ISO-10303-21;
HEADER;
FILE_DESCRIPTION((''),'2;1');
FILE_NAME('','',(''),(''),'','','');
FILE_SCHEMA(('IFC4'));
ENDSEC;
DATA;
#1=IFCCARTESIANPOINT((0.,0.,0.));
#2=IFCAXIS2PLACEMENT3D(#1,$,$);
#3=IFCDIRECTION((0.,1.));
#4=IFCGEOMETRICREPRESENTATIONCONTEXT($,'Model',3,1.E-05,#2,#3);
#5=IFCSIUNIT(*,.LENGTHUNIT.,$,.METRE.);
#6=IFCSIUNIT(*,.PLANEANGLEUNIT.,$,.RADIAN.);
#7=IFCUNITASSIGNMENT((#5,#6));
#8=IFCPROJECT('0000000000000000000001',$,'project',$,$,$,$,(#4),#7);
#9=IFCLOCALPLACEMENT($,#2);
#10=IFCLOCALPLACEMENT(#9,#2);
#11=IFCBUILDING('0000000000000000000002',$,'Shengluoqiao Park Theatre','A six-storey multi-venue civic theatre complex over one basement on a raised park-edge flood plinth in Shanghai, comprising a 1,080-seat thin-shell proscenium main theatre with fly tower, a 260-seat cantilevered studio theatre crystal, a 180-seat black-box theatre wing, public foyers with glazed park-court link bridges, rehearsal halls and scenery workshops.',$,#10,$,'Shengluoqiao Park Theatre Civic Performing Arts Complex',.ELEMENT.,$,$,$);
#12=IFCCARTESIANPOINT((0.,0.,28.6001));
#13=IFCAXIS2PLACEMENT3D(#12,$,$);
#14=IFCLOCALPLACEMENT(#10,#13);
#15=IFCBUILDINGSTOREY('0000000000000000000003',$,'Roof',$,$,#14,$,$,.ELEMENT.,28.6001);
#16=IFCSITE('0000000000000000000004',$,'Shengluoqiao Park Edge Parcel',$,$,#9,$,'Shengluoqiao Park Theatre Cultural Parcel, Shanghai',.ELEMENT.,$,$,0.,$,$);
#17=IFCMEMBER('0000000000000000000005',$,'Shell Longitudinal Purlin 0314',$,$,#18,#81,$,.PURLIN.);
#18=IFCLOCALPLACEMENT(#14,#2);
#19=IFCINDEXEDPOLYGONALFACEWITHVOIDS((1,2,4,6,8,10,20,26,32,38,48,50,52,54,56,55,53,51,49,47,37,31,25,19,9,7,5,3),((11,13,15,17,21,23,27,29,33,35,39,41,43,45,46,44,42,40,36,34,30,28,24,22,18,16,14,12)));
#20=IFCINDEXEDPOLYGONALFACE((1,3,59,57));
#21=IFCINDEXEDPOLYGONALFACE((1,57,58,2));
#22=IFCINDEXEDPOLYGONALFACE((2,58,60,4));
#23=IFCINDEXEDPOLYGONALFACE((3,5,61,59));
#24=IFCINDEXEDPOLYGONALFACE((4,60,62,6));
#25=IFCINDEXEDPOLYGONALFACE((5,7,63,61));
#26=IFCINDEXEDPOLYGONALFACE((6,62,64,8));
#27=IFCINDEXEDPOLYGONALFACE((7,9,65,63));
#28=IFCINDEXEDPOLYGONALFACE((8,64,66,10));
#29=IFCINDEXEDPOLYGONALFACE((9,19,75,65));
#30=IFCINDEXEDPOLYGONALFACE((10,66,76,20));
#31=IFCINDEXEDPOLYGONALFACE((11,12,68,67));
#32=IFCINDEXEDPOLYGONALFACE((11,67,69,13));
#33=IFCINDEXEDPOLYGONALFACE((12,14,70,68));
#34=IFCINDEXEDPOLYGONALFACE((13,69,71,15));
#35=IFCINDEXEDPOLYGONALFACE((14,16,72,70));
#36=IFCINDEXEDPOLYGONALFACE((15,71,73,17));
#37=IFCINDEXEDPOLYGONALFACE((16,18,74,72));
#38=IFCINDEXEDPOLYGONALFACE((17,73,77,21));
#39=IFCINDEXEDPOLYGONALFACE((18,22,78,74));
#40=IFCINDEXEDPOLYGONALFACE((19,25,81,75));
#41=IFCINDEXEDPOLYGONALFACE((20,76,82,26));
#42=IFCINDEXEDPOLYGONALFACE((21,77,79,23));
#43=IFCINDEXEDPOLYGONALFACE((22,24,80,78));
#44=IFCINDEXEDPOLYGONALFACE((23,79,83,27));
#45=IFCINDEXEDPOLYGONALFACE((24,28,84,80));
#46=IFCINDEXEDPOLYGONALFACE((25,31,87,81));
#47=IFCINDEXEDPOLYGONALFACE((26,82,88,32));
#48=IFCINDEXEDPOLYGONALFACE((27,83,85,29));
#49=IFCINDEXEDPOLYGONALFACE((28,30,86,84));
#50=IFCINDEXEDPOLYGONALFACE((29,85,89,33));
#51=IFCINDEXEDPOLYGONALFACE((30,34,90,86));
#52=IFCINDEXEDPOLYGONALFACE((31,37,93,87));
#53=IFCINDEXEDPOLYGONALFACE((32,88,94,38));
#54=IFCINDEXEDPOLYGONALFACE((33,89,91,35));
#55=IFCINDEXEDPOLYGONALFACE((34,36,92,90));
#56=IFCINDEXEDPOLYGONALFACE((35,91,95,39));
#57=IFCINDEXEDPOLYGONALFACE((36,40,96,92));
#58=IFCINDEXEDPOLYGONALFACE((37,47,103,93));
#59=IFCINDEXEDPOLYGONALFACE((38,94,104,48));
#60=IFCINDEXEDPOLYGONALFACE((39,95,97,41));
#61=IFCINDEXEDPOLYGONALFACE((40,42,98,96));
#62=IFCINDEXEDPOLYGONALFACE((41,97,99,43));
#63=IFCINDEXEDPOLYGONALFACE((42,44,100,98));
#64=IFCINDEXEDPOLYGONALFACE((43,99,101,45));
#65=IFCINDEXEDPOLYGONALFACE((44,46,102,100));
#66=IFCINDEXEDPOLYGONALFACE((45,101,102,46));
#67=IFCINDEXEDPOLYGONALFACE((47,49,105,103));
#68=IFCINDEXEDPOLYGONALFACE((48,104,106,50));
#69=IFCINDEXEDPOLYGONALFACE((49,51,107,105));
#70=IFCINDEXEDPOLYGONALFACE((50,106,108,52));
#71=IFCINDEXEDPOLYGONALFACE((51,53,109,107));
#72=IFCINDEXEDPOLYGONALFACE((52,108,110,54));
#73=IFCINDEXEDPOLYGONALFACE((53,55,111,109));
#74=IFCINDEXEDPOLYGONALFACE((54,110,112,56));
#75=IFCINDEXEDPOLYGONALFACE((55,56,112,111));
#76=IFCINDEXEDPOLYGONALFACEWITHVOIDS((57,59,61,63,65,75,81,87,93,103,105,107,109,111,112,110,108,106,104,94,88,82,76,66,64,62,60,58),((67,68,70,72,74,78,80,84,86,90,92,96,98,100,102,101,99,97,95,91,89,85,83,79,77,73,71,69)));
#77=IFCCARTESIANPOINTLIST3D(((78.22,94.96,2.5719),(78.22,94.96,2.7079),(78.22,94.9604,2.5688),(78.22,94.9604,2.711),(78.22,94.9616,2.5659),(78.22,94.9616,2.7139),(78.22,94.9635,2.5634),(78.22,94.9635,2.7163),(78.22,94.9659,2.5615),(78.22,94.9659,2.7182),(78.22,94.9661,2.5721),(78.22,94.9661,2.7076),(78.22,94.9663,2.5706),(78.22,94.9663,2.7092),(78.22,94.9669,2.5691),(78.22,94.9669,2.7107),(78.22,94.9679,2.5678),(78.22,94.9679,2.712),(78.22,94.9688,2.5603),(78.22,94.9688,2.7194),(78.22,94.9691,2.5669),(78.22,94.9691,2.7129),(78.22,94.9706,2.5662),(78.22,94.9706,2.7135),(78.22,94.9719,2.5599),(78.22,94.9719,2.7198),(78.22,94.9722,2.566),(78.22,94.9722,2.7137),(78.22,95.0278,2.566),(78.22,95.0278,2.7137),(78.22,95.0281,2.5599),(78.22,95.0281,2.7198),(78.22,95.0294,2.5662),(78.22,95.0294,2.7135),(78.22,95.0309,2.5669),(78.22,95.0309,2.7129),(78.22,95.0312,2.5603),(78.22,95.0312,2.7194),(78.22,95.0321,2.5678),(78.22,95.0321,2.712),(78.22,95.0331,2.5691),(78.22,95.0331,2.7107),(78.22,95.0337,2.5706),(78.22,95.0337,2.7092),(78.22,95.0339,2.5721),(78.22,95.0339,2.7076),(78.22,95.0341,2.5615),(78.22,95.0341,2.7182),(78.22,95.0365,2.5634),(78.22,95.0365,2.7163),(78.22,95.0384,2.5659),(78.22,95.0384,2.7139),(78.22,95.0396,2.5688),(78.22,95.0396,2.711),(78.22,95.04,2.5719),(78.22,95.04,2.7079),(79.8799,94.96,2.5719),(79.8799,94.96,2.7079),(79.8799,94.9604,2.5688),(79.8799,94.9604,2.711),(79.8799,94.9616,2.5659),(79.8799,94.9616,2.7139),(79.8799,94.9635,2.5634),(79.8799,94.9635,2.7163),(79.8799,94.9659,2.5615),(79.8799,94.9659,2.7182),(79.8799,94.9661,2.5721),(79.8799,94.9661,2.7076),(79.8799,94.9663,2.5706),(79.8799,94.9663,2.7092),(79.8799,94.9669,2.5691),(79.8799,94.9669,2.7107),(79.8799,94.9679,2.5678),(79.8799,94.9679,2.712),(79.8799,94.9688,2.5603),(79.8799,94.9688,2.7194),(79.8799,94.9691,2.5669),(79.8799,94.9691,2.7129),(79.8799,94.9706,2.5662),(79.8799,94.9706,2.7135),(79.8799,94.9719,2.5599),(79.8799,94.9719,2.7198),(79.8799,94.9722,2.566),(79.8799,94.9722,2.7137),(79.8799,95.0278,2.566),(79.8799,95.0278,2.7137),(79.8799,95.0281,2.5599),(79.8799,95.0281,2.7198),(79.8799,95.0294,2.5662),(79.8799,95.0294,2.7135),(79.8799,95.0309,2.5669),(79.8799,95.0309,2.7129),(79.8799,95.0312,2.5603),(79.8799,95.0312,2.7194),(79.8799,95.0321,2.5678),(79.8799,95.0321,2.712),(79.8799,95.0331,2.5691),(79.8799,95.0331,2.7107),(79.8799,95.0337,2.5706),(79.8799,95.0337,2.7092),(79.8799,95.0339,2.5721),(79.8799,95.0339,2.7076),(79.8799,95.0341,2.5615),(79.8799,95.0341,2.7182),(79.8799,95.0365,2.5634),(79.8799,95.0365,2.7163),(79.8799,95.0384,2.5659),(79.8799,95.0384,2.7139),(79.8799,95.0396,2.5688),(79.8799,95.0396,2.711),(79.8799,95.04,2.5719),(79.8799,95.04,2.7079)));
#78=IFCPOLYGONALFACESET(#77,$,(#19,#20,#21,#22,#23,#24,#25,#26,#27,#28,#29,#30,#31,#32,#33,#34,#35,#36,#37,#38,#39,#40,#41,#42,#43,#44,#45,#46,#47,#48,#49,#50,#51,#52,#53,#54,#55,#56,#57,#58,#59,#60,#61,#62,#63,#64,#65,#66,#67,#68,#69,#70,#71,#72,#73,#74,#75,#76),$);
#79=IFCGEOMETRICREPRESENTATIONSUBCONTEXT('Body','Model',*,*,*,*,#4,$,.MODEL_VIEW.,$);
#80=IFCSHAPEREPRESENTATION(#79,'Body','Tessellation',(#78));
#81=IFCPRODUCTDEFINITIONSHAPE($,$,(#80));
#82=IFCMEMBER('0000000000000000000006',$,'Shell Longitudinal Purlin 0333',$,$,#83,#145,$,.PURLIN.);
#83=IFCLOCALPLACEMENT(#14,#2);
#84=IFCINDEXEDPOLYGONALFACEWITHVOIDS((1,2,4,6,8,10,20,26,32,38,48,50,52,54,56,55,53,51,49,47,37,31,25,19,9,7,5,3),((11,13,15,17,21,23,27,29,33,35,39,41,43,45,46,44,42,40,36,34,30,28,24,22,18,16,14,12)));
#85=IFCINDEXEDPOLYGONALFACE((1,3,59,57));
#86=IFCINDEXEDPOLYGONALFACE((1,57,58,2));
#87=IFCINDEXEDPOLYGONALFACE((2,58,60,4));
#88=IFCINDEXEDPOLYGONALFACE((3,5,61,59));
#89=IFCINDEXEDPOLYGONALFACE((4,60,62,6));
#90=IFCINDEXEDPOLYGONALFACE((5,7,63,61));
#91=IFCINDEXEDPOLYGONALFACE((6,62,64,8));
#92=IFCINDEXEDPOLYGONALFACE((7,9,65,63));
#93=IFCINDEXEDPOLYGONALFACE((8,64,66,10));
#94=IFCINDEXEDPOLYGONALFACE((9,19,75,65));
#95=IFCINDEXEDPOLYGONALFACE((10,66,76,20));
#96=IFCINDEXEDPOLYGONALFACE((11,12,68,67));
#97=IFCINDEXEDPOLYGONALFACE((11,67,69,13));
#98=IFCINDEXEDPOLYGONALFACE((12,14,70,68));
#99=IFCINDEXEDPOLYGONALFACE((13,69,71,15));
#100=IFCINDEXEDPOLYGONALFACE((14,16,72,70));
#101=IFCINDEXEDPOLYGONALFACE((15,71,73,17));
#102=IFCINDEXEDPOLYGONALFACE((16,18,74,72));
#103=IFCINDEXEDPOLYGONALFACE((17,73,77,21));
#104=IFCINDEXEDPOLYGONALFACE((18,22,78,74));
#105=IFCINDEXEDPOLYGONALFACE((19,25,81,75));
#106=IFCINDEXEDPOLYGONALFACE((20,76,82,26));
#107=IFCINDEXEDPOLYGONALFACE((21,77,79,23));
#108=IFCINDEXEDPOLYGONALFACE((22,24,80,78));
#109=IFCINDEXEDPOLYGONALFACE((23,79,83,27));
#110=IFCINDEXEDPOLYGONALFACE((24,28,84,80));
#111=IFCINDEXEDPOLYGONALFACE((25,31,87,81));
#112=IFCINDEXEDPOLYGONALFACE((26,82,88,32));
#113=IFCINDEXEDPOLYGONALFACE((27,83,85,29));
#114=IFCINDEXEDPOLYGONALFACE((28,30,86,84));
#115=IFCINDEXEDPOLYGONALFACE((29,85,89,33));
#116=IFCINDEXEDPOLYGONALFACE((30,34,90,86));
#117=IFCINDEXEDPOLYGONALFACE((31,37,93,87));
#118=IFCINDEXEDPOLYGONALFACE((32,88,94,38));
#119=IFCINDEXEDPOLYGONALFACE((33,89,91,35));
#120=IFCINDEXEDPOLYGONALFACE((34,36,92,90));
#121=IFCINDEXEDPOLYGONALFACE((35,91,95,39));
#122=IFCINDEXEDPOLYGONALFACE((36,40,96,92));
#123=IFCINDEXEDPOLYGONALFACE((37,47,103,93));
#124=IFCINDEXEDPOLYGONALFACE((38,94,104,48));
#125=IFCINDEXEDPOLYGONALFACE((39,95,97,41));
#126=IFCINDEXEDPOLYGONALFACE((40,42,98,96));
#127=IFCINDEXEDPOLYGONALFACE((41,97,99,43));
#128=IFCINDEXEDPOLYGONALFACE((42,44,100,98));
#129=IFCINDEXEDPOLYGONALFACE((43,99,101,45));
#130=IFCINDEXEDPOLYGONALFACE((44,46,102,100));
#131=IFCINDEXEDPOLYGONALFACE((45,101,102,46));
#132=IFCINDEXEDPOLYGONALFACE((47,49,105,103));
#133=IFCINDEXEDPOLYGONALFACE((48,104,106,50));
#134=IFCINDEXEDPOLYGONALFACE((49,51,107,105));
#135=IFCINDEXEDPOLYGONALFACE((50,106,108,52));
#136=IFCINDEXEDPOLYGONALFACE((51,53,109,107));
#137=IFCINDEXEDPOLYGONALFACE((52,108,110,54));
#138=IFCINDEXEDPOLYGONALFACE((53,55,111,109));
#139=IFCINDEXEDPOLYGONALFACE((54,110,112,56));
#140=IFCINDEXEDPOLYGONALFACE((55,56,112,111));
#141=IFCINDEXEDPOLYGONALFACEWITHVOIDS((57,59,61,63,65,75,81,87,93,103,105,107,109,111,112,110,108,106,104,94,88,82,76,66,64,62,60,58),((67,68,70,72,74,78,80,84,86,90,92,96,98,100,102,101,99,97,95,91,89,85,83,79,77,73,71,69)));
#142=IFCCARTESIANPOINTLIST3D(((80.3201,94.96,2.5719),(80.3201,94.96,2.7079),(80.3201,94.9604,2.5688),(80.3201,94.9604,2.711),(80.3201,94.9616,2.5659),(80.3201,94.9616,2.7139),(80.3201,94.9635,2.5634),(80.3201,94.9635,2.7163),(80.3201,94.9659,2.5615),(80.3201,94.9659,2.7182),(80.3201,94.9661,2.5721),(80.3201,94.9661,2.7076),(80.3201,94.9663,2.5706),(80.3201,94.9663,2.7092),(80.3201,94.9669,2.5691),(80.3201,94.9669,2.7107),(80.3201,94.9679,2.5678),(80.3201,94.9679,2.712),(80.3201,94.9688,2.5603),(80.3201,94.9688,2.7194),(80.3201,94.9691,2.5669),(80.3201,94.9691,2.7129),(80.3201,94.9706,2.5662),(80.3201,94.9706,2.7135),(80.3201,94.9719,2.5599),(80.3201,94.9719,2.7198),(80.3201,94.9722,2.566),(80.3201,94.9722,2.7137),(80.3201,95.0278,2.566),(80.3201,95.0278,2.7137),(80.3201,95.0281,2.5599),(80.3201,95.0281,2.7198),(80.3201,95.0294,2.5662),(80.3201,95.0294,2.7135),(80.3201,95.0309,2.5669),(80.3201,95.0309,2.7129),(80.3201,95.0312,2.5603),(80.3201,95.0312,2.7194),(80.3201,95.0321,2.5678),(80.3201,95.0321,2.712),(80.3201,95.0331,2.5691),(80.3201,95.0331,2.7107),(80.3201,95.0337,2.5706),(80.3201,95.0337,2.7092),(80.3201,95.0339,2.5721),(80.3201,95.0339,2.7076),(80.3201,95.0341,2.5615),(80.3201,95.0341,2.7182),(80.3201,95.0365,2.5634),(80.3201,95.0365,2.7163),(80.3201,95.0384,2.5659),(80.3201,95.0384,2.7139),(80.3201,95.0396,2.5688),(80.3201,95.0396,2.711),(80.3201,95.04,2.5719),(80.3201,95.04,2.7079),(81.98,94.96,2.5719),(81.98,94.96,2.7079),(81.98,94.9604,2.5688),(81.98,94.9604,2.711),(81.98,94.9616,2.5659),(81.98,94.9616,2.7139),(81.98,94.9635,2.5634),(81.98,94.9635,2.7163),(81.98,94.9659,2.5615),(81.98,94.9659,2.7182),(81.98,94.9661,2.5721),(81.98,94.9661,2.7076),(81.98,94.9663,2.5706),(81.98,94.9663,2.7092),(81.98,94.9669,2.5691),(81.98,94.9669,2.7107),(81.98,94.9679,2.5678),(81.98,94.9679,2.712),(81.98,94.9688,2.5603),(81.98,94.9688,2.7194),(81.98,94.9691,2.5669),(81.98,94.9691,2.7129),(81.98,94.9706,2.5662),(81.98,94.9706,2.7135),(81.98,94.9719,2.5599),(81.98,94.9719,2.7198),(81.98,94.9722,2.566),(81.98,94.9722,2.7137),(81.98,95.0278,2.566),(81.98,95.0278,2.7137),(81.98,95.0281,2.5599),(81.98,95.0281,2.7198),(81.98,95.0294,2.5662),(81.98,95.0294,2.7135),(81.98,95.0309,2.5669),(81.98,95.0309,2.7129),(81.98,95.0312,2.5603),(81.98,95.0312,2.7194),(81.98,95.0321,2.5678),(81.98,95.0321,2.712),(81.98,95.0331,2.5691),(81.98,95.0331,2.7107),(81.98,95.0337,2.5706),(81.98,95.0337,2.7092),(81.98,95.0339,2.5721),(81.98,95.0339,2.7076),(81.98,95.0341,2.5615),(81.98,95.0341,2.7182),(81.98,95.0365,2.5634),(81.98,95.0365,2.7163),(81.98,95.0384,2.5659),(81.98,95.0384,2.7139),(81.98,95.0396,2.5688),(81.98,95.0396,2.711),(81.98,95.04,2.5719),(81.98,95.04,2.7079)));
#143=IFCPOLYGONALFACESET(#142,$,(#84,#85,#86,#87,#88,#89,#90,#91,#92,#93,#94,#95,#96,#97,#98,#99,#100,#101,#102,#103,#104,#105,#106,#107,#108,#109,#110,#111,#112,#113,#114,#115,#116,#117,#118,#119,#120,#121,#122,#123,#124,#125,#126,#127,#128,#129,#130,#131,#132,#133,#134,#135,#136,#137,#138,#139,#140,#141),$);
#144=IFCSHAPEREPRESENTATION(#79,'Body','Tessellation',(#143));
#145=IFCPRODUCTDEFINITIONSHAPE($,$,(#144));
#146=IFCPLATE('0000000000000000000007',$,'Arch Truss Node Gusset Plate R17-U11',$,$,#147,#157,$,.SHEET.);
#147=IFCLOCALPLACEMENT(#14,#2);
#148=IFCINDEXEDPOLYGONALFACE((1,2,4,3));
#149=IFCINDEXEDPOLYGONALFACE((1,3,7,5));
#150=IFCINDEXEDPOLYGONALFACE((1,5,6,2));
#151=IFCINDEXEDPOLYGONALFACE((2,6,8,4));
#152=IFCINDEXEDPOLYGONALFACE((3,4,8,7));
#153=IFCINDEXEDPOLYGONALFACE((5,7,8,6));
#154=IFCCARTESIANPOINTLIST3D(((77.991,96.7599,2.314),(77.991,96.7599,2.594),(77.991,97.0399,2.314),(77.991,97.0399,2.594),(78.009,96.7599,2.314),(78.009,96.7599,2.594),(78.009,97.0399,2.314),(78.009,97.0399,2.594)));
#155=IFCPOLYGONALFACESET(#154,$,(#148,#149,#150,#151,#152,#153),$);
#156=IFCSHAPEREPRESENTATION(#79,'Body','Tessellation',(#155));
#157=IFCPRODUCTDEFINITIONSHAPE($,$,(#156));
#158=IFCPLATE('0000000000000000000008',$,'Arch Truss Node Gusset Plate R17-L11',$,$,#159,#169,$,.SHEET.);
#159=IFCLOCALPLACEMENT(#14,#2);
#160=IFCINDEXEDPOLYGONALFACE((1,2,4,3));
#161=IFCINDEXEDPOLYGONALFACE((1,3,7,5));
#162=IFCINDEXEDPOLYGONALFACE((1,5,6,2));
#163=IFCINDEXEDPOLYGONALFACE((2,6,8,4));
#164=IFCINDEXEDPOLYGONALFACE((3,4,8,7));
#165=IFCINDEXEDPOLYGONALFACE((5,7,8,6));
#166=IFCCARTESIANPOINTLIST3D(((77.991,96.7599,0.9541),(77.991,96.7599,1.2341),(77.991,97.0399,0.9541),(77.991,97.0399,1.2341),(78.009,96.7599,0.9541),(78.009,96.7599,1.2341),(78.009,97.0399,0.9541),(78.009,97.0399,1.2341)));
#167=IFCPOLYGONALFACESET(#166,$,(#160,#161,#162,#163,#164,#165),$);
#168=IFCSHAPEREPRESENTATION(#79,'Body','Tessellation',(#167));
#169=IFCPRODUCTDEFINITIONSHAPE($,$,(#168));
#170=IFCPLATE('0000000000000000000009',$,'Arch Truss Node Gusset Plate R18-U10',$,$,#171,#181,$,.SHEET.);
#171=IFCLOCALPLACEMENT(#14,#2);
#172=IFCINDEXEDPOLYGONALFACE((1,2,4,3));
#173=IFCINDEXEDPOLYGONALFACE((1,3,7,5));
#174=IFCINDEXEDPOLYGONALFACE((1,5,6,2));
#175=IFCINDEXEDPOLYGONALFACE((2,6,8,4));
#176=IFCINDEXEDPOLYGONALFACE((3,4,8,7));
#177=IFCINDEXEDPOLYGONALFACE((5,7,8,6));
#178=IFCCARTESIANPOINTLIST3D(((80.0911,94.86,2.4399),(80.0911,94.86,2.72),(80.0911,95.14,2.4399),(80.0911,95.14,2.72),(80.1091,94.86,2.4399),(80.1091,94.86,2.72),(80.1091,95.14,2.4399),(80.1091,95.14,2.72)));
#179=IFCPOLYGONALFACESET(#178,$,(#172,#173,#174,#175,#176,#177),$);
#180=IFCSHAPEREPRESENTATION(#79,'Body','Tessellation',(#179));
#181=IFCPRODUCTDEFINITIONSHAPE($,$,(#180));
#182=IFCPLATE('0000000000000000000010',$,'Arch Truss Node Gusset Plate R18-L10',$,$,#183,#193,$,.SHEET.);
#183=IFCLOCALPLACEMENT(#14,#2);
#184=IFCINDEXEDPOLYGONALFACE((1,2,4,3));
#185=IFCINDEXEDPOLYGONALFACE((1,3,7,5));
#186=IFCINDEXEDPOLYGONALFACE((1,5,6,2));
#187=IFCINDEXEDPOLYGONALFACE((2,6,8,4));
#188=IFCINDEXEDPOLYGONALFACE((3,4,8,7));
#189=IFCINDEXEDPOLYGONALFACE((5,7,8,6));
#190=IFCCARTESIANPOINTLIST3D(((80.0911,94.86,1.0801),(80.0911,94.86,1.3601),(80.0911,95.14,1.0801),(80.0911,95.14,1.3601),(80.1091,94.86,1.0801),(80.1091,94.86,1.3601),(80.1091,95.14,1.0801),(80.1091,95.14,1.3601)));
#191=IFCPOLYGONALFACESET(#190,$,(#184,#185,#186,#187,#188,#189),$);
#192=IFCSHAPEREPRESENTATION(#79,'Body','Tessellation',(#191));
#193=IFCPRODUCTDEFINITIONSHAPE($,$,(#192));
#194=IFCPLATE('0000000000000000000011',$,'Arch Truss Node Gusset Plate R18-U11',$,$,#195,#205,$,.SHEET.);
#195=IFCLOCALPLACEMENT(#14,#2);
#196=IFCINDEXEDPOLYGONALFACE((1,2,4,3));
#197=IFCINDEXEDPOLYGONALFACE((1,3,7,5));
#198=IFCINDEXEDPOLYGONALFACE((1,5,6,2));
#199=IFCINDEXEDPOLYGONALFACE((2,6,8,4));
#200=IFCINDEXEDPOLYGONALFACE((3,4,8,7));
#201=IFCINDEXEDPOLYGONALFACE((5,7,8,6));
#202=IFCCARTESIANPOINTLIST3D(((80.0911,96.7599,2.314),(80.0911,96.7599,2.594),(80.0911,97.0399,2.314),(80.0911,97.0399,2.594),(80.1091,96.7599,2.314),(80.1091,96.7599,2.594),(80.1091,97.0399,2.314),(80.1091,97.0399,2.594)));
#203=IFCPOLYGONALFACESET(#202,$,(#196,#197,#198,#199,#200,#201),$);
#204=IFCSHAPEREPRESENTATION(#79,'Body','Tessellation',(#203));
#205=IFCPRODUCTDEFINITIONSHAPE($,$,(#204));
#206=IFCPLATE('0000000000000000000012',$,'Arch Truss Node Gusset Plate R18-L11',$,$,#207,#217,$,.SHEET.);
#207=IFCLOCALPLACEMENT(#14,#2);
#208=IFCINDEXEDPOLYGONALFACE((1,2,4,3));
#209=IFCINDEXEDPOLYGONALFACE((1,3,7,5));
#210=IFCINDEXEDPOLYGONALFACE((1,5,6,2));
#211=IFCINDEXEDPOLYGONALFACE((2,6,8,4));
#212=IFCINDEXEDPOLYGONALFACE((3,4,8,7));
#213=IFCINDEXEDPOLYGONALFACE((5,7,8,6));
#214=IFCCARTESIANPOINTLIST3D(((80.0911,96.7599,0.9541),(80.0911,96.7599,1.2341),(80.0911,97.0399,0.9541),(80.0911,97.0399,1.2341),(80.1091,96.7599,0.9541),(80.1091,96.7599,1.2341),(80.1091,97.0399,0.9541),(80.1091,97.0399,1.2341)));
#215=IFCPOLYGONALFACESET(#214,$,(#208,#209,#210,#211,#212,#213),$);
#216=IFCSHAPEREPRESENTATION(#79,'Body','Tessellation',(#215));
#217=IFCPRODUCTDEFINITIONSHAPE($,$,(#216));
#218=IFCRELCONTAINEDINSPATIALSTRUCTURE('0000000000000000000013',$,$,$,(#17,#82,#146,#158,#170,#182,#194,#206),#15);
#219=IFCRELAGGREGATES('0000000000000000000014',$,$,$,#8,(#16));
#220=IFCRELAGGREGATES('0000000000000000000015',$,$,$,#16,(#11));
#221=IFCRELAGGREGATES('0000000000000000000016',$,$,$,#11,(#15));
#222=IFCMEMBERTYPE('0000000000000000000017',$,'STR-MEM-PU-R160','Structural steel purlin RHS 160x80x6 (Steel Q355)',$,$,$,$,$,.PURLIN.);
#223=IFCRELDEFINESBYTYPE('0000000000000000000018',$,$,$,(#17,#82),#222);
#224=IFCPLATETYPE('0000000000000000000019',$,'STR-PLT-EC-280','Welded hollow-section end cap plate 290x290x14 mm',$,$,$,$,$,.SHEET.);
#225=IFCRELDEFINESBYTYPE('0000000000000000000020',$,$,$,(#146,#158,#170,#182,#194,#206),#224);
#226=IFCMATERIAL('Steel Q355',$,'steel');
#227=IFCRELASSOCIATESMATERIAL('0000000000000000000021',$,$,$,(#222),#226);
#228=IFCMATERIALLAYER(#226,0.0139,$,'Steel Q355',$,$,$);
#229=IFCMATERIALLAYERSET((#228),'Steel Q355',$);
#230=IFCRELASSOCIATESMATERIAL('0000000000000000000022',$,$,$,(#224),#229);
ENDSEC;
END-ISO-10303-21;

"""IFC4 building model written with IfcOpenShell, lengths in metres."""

from ifc_helpers import new_model, si_unit, direction, frame, origin, origin_2d, place, context, subcontext, project, spatial, rectangle, hollow_rectangle, extrude, material, layer, layer_set, material_profile, profile_set, type_object, element, save


model = new_model("IFC4")

# Units and contexts
model_context = context("Model", 3, precision=1e-05, world=origin(), true_north=direction((0.0, 1.0)))
body_context = subcontext(model_context, "Body", "Model", "MODEL_VIEW")
ifc_project = project(units=[si_unit("LENGTHUNIT", "METRE"), si_unit("PLANEANGLEUNIT", "RADIAN")], contexts=[model_context])

# Site, building, storey
site_placement = place(None, origin())
site = spatial("IfcSite", under=ifc_project, at=site_placement, Name="Shengluoqiao Park Edge Parcel", LongName="Shengluoqiao Park Theatre Cultural Parcel, Shanghai", CompositionType="ELEMENT", RefElevation=0.0)
building_placement = place(site_placement, origin())
building = spatial("IfcBuilding", under=site, at=building_placement, Name="Shengluoqiao Park Theatre", Description="A six-storey multi-venue civic theatre complex over one basement on a raised park-edge flood plinth in Shanghai, comprising a 1,080-seat thin-shell proscenium main theatre with fly tower, a 260-seat cantilevered studio theatre crystal, a 180-seat black-box theatre wing, public foyers with glazed park-court link bridges, rehearsal halls and scenery workshops.", LongName="Shengluoqiao Park Theatre Civic Performing Arts Complex", CompositionType="ELEMENT")
storey_placement = place(building_placement, frame((0.0, 0.0, 28.6001)))
storey = spatial("IfcBuildingStorey", under=building, at=storey_placement, Name="Roof", CompositionType="ELEMENT", Elevation=28.6001)

# Shared definitions
ifc_material_1 = material(Name="Steel Q355", Category="steel")

# Members
ifc_material_profile_1 = material_profile(ifc_material_1, hollow_rectangle(XDim=0.0801, YDim=0.1599, WallThickness=0.0061, InnerFilletRadius=0.0061, OuterFilletRadius=0.012, at=origin_2d()), Name="RHS 160x80x6")
ifc_profile_set_1 = profile_set([ifc_material_profile_1], Name="Steel Q355")
member_type_1 = type_object("IfcMemberType", Name="STR-MEM-PU-R160", Description="Structural steel purlin RHS 160x80x6 (Steel Q355)", PredefinedType="PURLIN", material=ifc_profile_set_1)
for number, where, z_axis, x_axis, name in (
    (1, (78.22, 95.0, 2.6399), (1.0, 0.0, 0.0), (0.0, 1.0, 0.0), "Shell Longitudinal Purlin 0314"),
    (2, (80.3201, 95.0, 2.6399), (1.0, 0.0, 0.0), (0.0, 1.0, 0.0), "Shell Longitudinal Purlin 0333"),
):
    element("IfcMember", number, at=place(storey_placement, frame(where, z_axis=z_axis, x_axis=x_axis)), inside=storey, type_object=member_type_1, Name=name, PredefinedType="PURLIN", context=body_context, shape_type="SweptSolid", body=[
        extrude(hollow_rectangle(XDim=0.0801, YDim=0.1599, WallThickness=0.0061, InnerFilletRadius=0.0061, OuterFilletRadius=0.012, at=origin_2d()), origin(), (0.0, 0.0, 1.0), 1.6599),
    ])

# Plates
ifc_layer_1 = layer(ifc_material_1, 0.0139, Name="Steel Q355")
ifc_layer_set_1 = layer_set([ifc_layer_1], Name="Steel Q355")
plate_type_1 = type_object("IfcPlateType", Name="STR-PLT-EC-280", Description="Welded hollow-section end cap plate 290x290x14 mm", PredefinedType="SHEET", material=ifc_layer_set_1)
for number, where, z_axis, x_axis, name in (
    (3, (78.0, 96.8999, 2.314), (0.0, 0.0, 1.0), (1.0, 0.0, 0.0), "Arch Truss Node Gusset Plate R17-U11"),
    (4, (78.0, 96.8999, 0.9541), (0.0, 0.0, 1.0), (1.0, 0.0, 0.0), "Arch Truss Node Gusset Plate R17-L11"),
    (5, (80.1001, 95.0, 2.4399), (0.0, 0.0, 1.0), (1.0, 0.0, 0.0), "Arch Truss Node Gusset Plate R18-U10"),
    (6, (80.1001, 95.0, 1.0801), (0.0, 0.0, 1.0), (1.0, 0.0, 0.0), "Arch Truss Node Gusset Plate R18-L10"),
    (7, (80.1001, 96.8999, 2.314), (0.0, 0.0, 1.0), (1.0, 0.0, 0.0), "Arch Truss Node Gusset Plate R18-U11"),
    (8, (80.1001, 96.8999, 0.9541), (0.0, 0.0, 1.0), (1.0, 0.0, 0.0), "Arch Truss Node Gusset Plate R18-L11"),
):
    element("IfcPlate", number, at=place(storey_placement, frame(where, z_axis=z_axis, x_axis=x_axis)), inside=storey, type_object=plate_type_1, Name=name, PredefinedType="SHEET", context=body_context, shape_type="SweptSolid", body=[
        extrude(rectangle(XDim=0.0181, YDim=0.28, at=origin_2d()), origin(), (0.0, 0.0, 1.0), 0.28),
    ])

save(model, "model.ifc")
